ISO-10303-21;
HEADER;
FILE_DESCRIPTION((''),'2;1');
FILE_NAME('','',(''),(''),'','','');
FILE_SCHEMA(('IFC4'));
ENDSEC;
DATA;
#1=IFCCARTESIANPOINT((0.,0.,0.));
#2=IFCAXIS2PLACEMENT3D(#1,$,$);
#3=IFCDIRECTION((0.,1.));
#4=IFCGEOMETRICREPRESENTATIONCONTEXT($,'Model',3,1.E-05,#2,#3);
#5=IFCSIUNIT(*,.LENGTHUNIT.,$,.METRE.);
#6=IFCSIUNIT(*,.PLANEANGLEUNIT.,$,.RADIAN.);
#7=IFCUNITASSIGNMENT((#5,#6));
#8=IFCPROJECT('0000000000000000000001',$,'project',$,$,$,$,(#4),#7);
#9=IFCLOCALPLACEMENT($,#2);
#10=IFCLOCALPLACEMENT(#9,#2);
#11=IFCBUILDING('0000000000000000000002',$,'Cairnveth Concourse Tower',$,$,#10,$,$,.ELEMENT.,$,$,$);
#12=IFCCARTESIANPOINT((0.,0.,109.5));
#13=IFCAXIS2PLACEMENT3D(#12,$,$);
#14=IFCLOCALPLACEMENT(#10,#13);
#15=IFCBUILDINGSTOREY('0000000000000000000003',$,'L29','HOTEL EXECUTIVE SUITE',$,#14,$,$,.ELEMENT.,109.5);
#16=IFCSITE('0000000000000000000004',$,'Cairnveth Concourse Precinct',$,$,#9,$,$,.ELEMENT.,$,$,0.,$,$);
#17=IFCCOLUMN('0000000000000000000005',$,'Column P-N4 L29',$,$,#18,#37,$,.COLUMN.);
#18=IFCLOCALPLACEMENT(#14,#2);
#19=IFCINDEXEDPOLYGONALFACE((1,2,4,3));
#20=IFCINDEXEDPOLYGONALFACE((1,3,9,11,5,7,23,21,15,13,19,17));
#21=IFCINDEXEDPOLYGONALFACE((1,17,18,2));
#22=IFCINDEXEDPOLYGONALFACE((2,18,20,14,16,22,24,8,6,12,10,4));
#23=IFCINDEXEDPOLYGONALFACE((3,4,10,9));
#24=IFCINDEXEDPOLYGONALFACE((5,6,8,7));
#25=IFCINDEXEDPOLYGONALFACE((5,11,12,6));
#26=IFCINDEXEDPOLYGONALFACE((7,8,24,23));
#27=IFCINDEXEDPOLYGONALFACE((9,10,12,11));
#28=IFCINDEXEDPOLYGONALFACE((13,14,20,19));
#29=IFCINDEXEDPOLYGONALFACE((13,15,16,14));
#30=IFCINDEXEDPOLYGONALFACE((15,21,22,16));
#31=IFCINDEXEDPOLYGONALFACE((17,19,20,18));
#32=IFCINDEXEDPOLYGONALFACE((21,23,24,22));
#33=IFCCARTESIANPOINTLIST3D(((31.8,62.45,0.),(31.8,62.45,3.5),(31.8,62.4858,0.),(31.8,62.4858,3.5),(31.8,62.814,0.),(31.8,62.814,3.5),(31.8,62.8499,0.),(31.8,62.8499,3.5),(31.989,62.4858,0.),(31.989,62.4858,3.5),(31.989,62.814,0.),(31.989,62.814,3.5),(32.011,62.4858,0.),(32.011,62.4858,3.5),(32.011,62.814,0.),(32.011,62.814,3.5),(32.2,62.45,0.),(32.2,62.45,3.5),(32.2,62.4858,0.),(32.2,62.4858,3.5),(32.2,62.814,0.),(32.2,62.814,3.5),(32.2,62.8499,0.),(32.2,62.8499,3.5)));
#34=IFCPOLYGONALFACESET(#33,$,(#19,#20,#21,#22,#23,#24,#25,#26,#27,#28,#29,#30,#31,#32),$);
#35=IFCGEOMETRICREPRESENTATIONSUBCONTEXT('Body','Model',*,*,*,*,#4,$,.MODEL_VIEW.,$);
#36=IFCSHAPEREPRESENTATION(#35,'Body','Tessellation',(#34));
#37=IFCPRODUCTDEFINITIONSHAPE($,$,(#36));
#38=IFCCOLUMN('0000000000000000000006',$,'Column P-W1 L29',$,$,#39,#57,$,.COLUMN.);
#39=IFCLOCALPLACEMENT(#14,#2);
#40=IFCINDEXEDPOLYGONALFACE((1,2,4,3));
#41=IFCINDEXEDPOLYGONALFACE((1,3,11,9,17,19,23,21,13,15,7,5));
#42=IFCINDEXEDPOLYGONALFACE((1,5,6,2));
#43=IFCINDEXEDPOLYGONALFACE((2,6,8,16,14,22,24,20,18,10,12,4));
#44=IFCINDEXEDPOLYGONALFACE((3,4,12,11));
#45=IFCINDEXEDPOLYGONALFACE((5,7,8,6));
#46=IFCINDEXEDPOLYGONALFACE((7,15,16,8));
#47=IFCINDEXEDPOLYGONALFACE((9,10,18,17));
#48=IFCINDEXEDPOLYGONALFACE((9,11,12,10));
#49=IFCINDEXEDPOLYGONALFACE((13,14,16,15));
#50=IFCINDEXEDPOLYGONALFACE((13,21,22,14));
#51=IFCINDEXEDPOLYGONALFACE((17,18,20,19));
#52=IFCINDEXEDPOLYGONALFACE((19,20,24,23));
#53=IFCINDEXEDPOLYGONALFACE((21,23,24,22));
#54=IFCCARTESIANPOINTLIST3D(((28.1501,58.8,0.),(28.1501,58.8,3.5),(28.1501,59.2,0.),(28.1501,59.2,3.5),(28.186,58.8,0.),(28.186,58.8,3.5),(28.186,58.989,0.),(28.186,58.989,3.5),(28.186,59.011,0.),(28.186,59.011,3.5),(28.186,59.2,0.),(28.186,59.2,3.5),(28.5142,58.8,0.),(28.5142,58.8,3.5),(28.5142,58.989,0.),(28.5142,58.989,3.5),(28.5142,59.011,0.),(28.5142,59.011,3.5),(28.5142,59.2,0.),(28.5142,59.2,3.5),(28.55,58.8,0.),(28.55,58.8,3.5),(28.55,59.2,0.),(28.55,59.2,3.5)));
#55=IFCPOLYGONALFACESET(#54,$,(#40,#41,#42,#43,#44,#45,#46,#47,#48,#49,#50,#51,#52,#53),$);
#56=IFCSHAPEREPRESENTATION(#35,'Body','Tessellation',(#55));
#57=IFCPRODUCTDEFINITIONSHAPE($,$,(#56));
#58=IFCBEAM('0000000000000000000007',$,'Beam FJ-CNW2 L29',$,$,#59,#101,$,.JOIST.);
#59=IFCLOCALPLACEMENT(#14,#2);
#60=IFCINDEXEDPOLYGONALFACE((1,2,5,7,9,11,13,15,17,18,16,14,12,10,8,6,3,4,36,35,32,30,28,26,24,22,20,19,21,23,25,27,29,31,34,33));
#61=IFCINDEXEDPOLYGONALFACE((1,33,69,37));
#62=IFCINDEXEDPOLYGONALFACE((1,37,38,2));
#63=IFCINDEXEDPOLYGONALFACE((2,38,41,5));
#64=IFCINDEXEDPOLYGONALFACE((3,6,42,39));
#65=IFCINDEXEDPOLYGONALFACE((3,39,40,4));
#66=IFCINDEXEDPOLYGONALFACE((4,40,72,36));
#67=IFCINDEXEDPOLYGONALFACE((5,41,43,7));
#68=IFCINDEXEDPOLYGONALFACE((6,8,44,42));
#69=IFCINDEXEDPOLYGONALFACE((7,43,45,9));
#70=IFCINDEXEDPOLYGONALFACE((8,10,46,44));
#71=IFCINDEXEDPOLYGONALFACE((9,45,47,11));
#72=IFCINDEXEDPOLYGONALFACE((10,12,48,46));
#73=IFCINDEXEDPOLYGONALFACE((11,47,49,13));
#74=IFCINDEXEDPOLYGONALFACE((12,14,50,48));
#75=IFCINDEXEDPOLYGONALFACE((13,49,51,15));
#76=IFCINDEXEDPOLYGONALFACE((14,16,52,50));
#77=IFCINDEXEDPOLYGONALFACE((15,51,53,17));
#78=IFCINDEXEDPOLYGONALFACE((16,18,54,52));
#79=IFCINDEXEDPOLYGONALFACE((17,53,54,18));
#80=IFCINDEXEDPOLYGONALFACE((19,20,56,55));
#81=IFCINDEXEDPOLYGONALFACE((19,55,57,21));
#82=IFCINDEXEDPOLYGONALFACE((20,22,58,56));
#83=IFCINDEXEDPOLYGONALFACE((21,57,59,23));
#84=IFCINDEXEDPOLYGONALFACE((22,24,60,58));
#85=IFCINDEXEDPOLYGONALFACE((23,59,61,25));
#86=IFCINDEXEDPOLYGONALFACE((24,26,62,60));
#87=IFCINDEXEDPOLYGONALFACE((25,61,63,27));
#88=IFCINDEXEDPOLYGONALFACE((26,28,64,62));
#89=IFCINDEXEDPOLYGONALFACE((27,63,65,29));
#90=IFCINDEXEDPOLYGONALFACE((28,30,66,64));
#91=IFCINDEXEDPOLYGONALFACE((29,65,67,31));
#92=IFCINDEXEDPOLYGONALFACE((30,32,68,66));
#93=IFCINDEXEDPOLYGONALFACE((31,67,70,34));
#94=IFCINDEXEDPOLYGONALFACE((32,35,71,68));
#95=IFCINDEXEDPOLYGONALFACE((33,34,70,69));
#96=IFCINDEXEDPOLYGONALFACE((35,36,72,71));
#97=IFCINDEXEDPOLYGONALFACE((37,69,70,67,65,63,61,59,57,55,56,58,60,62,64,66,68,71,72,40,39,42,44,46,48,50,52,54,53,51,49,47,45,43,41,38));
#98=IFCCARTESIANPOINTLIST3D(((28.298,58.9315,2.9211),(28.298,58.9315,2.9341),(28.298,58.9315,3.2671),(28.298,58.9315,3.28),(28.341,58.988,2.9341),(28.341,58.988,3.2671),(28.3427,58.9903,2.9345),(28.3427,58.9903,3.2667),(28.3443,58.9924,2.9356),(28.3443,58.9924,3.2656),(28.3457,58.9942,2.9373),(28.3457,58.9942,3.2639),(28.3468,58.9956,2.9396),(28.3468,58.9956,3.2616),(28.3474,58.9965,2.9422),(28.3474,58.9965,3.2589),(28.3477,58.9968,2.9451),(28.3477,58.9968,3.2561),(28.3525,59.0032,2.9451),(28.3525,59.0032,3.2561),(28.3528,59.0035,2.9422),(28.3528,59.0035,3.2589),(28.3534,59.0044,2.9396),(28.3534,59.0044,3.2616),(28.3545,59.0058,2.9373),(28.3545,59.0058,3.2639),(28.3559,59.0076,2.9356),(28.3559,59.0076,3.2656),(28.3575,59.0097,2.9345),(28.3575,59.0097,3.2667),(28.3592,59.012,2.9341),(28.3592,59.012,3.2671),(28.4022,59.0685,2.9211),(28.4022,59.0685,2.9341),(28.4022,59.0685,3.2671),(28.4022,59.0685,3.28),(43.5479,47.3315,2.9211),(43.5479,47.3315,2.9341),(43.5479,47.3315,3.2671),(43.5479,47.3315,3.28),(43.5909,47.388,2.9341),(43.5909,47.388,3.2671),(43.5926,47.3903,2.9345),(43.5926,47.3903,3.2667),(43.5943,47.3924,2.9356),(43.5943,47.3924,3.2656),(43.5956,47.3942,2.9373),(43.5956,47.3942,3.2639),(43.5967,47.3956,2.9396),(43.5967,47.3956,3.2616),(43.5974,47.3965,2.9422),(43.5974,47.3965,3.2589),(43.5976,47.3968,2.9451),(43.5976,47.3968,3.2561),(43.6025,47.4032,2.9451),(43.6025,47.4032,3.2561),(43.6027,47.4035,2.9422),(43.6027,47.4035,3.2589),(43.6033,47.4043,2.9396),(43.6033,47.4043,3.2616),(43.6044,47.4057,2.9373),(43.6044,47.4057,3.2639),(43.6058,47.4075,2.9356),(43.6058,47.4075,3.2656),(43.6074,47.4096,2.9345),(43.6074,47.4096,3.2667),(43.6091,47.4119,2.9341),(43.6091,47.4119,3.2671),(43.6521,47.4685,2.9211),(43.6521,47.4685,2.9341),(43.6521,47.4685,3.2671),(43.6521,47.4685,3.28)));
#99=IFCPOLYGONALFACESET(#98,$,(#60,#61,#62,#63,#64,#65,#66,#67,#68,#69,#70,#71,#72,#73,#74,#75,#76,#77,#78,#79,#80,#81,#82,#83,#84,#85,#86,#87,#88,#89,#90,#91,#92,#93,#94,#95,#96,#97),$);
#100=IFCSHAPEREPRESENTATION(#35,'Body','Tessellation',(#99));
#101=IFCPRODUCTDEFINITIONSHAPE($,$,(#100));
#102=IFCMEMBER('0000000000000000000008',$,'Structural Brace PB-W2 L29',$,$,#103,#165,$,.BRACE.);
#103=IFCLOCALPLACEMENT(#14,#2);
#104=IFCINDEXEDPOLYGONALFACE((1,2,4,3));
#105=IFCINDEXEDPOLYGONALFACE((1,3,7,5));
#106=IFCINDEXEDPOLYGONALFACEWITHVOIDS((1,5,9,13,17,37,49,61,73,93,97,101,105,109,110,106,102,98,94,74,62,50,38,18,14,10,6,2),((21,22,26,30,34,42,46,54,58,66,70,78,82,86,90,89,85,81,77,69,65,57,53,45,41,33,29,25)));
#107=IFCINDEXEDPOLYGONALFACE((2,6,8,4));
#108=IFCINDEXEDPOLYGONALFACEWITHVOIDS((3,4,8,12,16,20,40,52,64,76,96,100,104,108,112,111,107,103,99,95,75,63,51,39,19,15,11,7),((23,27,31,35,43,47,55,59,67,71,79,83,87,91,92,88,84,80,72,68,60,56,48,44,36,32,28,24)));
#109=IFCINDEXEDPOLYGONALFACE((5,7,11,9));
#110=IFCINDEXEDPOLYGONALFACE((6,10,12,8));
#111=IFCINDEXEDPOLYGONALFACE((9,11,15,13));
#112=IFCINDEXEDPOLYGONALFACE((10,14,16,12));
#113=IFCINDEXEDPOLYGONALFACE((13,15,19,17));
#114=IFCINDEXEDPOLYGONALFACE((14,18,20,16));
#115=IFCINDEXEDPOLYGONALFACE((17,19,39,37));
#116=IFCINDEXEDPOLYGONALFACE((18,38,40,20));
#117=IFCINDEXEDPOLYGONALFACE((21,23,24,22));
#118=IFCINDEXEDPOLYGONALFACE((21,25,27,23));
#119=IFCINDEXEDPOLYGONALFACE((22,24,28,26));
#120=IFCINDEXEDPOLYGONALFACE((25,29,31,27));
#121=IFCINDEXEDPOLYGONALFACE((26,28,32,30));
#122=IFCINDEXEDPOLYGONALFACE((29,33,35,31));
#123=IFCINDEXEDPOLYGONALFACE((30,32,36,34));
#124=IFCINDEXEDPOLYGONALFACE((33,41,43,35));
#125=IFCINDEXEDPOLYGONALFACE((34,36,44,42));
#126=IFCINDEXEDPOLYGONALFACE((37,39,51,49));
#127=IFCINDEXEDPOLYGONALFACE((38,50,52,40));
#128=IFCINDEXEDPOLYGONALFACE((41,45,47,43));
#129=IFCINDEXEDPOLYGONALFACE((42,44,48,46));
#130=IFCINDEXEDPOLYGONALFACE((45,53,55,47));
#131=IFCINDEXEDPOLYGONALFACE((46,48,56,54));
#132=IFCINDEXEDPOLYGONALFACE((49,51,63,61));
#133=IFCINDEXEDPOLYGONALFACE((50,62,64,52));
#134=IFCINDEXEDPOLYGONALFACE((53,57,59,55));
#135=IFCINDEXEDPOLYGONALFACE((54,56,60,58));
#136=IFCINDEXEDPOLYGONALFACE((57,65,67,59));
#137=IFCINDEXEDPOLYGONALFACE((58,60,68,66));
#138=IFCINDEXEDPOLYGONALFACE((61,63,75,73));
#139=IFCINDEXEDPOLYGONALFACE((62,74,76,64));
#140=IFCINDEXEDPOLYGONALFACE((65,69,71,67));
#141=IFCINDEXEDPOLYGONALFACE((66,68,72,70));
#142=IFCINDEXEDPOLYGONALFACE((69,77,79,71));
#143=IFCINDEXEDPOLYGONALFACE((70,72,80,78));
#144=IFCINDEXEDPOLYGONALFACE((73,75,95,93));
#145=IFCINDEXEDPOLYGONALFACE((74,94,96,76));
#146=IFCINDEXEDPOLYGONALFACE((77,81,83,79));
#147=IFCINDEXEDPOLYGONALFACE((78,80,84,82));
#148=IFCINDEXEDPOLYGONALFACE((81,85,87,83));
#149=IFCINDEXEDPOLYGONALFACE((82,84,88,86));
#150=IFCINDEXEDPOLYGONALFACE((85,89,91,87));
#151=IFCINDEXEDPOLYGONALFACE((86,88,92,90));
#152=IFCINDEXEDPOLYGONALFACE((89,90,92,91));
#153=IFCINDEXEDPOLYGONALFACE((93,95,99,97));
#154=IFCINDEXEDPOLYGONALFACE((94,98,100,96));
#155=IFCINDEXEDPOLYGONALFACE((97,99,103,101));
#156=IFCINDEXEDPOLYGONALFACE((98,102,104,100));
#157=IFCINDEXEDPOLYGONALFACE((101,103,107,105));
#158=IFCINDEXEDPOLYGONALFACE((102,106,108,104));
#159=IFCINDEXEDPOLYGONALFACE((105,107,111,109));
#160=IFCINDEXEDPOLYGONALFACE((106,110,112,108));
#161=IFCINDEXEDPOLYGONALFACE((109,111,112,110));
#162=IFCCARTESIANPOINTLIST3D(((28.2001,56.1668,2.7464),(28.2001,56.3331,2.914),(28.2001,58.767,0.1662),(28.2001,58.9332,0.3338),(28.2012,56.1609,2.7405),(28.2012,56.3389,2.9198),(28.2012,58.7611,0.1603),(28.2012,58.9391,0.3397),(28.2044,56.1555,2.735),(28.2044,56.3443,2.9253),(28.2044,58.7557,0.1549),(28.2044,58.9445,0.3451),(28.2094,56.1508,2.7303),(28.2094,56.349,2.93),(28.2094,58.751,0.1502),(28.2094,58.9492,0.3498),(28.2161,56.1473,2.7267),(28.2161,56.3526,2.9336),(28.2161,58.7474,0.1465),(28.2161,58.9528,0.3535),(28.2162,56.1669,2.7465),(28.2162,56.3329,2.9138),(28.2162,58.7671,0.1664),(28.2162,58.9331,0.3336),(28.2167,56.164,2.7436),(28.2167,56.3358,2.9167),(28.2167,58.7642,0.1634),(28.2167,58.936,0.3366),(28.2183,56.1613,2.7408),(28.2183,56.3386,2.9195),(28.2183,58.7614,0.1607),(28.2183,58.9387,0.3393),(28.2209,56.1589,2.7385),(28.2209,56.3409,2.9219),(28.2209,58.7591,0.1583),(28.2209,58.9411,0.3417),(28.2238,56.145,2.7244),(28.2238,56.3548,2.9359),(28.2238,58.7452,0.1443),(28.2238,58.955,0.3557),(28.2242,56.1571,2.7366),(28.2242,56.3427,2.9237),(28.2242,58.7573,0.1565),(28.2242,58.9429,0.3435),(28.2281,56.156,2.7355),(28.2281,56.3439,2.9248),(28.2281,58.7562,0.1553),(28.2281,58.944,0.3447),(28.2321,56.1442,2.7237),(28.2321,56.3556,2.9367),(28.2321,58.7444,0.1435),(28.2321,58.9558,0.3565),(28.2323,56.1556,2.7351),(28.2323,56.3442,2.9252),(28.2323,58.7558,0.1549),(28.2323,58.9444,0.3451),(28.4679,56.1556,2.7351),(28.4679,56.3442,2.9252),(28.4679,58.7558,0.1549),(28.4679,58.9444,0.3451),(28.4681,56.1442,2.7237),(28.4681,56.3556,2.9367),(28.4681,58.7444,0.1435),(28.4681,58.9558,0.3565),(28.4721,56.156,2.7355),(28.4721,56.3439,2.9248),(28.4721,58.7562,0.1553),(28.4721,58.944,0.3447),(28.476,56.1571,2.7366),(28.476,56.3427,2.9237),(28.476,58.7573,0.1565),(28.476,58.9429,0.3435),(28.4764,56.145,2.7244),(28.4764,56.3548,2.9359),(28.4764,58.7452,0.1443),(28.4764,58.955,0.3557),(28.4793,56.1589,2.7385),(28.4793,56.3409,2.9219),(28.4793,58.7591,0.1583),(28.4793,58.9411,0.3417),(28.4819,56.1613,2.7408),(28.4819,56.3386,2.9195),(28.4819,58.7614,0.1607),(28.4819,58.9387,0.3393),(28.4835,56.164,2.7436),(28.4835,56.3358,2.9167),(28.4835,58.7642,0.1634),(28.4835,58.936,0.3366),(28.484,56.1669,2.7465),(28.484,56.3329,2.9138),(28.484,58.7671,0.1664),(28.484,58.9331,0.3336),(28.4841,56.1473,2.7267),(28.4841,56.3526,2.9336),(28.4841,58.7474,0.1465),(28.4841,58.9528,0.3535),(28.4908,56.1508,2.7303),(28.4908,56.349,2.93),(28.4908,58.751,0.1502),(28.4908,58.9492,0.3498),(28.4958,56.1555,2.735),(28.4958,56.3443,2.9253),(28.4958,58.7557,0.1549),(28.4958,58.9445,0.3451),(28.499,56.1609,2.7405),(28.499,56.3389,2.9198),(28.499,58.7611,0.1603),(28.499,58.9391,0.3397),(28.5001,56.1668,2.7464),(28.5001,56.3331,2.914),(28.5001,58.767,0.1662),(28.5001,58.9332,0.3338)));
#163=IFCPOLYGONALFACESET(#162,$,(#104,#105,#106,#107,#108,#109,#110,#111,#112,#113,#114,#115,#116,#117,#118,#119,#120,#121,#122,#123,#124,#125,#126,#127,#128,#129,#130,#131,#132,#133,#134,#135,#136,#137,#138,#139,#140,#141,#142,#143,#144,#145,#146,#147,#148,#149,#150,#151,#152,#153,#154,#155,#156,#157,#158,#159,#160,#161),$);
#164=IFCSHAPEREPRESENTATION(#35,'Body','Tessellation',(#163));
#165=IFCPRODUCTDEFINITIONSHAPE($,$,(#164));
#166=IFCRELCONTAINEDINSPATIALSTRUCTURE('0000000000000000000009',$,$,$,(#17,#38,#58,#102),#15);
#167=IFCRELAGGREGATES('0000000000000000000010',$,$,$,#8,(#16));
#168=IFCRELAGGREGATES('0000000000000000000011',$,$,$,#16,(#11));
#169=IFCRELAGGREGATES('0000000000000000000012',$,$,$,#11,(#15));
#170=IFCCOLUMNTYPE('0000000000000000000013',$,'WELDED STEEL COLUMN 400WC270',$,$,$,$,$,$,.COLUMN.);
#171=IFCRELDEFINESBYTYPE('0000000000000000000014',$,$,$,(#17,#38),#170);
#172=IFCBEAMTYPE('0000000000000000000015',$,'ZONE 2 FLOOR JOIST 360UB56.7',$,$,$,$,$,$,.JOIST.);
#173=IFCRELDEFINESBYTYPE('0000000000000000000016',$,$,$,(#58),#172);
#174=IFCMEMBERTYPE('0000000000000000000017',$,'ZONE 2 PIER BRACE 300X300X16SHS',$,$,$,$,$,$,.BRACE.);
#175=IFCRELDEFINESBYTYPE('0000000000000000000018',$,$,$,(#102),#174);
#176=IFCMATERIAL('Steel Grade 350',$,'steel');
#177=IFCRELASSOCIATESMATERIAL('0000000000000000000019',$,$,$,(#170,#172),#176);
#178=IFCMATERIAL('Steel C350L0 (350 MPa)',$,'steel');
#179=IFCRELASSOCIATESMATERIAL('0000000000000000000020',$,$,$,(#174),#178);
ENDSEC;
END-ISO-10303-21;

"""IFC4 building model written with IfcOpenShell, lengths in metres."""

from ifc_helpers import new_model, si_unit, direction, frame, origin, origin_2d, place, context, subcontext, project, spatial, hollow_rectangle, i_section, extrude, material, material_profile, profile_set, type_object, element, save


model = new_model("IFC4")

# Units and contexts
model_context = context("Model", 3, precision=1e-05, world=origin(), true_north=direction((0.0, 1.0)))
body_context = subcontext(model_context, "Body", "Model", "MODEL_VIEW")
ifc_project = project(units=[si_unit("LENGTHUNIT", "METRE"), si_unit("PLANEANGLEUNIT", "RADIAN")], contexts=[model_context])

# Site, building, storey
site_placement = place(None, origin())
site = spatial("IfcSite", under=ifc_project, at=site_placement, Name="Cairnveth Concourse Precinct", CompositionType="ELEMENT", RefElevation=0.0)
building_placement = place(site_placement, origin())
building = spatial("IfcBuilding", under=site, at=building_placement, Name="Cairnveth Concourse Tower", CompositionType="ELEMENT")
storey_placement = place(building_placement, frame((0.0, 0.0, 109.5)))
storey = spatial("IfcBuildingStorey", under=building, at=storey_placement, Name="L29", Description="HOTEL EXECUTIVE SUITE", CompositionType="ELEMENT", Elevation=109.5)

# Columns
ifc_material_1 = material(Name="Steel Grade 350", Category="steel")
ifc_material_profile_1 = material_profile(ifc_material_1, i_section(OverallWidth=0.3999, OverallDepth=0.3999, WebThickness=0.022, FlangeThickness=0.0359, at=origin_2d()), Name="400WC270")
ifc_profile_set_1 = profile_set([ifc_material_profile_1], Name="Steel Grade 350")
column_type = type_object("IfcColumnType", Name="WELDED STEEL COLUMN 400WC270", PredefinedType="COLUMN", material=ifc_profile_set_1)
for number, where, z_axis, x_axis, name in (
    (1, (32.0, 62.6499, 0.0), (0.0, 0.0, 1.0), (1.0, 0.0, 0.0), "Column P-N4 L29"),
    (2, (28.3501, 59.0, 0.0), (0.0, 0.0, 1.0), (0.0, 1.0, 0.0), "Column P-W1 L29"),
):
    element("IfcColumn", number, at=place(storey_placement, frame(where, z_axis=z_axis, x_axis=x_axis)), inside=storey, type_object=column_type, Name=name, PredefinedType="COLUMN", context=body_context, shape_type="SweptSolid", body=[
        extrude(i_section(OverallWidth=0.3999, OverallDepth=0.3999, WebThickness=0.022, FlangeThickness=0.0359, at=origin_2d()), origin(), (0.0, 0.0, 1.0), 3.5),
    ])

# Beam
ifc_material_profile_2 = material_profile(ifc_material_1, i_section(OverallWidth=0.1721, OverallDepth=0.3589, WebThickness=0.0081, FlangeThickness=0.0129, FilletRadius=0.011, at=origin_2d()), Name="360UB56.7")
ifc_profile_set_2 = profile_set([ifc_material_profile_2], Name="Steel Grade 350")
beam_type_1 = type_object("IfcBeamType", Name="ZONE 2 FLOOR JOIST 360UB56.7", PredefinedType="JOIST", material=ifc_profile_set_2)
beam_1_placement = place(storey_placement, frame((28.3501, 59.0, 3.1006), z_axis=(0.795908, -0.605417, 0.0), x_axis=(0.605417, 0.795908, 0.0)))
element("IfcBeam", 3, at=beam_1_placement, inside=storey, type_object=beam_type_1, Name="Beam FJ-CNW2 L29", PredefinedType="JOIST", context=body_context, shape_type="SweptSolid", body=[
    extrude(i_section(OverallWidth=0.1721, OverallDepth=0.3589, WebThickness=0.0081, FlangeThickness=0.0129, FilletRadius=0.011, at=origin_2d()), origin(), (0.0, 0.0, 1.0), 19.1604),
])

# Member
ifc_material_2 = material(Name="Steel C350L0 (350 MPa)", Category="steel")
ifc_material_profile_3 = material_profile(ifc_material_2, hollow_rectangle(XDim=0.3, YDim=0.3, WallThickness=0.0161, InnerFilletRadius=0.0161, OuterFilletRadius=0.032, at=origin_2d()), Name="300x300x16.0SHS")
ifc_profile_set_3 = profile_set([ifc_material_profile_3], Name="Steel C350L0 (350 MPa)")
member_type = type_object("IfcMemberType", Name="ZONE 2 PIER BRACE 300X300X16SHS", PredefinedType="BRACE", material=ifc_profile_set_3)
member_placement = place(storey_placement, frame((28.3501, 58.8501, 0.25), z_axis=(0.0, -0.709834, 0.704369), x_axis=(1.0, 0.0, 0.0)))
element("IfcMember", 4, at=member_placement, inside=storey, type_object=member_type, Name="Structural Brace PB-W2 L29", PredefinedType="BRACE", context=body_context, shape_type="SweptSolid", body=[
    extrude(hollow_rectangle(XDim=0.3, YDim=0.3, WallThickness=0.0161, InnerFilletRadius=0.0161, OuterFilletRadius=0.032, at=origin_2d()), origin(), (0.0, 0.0, 1.0), 3.6631),
])

save(model, "model.ifc")
